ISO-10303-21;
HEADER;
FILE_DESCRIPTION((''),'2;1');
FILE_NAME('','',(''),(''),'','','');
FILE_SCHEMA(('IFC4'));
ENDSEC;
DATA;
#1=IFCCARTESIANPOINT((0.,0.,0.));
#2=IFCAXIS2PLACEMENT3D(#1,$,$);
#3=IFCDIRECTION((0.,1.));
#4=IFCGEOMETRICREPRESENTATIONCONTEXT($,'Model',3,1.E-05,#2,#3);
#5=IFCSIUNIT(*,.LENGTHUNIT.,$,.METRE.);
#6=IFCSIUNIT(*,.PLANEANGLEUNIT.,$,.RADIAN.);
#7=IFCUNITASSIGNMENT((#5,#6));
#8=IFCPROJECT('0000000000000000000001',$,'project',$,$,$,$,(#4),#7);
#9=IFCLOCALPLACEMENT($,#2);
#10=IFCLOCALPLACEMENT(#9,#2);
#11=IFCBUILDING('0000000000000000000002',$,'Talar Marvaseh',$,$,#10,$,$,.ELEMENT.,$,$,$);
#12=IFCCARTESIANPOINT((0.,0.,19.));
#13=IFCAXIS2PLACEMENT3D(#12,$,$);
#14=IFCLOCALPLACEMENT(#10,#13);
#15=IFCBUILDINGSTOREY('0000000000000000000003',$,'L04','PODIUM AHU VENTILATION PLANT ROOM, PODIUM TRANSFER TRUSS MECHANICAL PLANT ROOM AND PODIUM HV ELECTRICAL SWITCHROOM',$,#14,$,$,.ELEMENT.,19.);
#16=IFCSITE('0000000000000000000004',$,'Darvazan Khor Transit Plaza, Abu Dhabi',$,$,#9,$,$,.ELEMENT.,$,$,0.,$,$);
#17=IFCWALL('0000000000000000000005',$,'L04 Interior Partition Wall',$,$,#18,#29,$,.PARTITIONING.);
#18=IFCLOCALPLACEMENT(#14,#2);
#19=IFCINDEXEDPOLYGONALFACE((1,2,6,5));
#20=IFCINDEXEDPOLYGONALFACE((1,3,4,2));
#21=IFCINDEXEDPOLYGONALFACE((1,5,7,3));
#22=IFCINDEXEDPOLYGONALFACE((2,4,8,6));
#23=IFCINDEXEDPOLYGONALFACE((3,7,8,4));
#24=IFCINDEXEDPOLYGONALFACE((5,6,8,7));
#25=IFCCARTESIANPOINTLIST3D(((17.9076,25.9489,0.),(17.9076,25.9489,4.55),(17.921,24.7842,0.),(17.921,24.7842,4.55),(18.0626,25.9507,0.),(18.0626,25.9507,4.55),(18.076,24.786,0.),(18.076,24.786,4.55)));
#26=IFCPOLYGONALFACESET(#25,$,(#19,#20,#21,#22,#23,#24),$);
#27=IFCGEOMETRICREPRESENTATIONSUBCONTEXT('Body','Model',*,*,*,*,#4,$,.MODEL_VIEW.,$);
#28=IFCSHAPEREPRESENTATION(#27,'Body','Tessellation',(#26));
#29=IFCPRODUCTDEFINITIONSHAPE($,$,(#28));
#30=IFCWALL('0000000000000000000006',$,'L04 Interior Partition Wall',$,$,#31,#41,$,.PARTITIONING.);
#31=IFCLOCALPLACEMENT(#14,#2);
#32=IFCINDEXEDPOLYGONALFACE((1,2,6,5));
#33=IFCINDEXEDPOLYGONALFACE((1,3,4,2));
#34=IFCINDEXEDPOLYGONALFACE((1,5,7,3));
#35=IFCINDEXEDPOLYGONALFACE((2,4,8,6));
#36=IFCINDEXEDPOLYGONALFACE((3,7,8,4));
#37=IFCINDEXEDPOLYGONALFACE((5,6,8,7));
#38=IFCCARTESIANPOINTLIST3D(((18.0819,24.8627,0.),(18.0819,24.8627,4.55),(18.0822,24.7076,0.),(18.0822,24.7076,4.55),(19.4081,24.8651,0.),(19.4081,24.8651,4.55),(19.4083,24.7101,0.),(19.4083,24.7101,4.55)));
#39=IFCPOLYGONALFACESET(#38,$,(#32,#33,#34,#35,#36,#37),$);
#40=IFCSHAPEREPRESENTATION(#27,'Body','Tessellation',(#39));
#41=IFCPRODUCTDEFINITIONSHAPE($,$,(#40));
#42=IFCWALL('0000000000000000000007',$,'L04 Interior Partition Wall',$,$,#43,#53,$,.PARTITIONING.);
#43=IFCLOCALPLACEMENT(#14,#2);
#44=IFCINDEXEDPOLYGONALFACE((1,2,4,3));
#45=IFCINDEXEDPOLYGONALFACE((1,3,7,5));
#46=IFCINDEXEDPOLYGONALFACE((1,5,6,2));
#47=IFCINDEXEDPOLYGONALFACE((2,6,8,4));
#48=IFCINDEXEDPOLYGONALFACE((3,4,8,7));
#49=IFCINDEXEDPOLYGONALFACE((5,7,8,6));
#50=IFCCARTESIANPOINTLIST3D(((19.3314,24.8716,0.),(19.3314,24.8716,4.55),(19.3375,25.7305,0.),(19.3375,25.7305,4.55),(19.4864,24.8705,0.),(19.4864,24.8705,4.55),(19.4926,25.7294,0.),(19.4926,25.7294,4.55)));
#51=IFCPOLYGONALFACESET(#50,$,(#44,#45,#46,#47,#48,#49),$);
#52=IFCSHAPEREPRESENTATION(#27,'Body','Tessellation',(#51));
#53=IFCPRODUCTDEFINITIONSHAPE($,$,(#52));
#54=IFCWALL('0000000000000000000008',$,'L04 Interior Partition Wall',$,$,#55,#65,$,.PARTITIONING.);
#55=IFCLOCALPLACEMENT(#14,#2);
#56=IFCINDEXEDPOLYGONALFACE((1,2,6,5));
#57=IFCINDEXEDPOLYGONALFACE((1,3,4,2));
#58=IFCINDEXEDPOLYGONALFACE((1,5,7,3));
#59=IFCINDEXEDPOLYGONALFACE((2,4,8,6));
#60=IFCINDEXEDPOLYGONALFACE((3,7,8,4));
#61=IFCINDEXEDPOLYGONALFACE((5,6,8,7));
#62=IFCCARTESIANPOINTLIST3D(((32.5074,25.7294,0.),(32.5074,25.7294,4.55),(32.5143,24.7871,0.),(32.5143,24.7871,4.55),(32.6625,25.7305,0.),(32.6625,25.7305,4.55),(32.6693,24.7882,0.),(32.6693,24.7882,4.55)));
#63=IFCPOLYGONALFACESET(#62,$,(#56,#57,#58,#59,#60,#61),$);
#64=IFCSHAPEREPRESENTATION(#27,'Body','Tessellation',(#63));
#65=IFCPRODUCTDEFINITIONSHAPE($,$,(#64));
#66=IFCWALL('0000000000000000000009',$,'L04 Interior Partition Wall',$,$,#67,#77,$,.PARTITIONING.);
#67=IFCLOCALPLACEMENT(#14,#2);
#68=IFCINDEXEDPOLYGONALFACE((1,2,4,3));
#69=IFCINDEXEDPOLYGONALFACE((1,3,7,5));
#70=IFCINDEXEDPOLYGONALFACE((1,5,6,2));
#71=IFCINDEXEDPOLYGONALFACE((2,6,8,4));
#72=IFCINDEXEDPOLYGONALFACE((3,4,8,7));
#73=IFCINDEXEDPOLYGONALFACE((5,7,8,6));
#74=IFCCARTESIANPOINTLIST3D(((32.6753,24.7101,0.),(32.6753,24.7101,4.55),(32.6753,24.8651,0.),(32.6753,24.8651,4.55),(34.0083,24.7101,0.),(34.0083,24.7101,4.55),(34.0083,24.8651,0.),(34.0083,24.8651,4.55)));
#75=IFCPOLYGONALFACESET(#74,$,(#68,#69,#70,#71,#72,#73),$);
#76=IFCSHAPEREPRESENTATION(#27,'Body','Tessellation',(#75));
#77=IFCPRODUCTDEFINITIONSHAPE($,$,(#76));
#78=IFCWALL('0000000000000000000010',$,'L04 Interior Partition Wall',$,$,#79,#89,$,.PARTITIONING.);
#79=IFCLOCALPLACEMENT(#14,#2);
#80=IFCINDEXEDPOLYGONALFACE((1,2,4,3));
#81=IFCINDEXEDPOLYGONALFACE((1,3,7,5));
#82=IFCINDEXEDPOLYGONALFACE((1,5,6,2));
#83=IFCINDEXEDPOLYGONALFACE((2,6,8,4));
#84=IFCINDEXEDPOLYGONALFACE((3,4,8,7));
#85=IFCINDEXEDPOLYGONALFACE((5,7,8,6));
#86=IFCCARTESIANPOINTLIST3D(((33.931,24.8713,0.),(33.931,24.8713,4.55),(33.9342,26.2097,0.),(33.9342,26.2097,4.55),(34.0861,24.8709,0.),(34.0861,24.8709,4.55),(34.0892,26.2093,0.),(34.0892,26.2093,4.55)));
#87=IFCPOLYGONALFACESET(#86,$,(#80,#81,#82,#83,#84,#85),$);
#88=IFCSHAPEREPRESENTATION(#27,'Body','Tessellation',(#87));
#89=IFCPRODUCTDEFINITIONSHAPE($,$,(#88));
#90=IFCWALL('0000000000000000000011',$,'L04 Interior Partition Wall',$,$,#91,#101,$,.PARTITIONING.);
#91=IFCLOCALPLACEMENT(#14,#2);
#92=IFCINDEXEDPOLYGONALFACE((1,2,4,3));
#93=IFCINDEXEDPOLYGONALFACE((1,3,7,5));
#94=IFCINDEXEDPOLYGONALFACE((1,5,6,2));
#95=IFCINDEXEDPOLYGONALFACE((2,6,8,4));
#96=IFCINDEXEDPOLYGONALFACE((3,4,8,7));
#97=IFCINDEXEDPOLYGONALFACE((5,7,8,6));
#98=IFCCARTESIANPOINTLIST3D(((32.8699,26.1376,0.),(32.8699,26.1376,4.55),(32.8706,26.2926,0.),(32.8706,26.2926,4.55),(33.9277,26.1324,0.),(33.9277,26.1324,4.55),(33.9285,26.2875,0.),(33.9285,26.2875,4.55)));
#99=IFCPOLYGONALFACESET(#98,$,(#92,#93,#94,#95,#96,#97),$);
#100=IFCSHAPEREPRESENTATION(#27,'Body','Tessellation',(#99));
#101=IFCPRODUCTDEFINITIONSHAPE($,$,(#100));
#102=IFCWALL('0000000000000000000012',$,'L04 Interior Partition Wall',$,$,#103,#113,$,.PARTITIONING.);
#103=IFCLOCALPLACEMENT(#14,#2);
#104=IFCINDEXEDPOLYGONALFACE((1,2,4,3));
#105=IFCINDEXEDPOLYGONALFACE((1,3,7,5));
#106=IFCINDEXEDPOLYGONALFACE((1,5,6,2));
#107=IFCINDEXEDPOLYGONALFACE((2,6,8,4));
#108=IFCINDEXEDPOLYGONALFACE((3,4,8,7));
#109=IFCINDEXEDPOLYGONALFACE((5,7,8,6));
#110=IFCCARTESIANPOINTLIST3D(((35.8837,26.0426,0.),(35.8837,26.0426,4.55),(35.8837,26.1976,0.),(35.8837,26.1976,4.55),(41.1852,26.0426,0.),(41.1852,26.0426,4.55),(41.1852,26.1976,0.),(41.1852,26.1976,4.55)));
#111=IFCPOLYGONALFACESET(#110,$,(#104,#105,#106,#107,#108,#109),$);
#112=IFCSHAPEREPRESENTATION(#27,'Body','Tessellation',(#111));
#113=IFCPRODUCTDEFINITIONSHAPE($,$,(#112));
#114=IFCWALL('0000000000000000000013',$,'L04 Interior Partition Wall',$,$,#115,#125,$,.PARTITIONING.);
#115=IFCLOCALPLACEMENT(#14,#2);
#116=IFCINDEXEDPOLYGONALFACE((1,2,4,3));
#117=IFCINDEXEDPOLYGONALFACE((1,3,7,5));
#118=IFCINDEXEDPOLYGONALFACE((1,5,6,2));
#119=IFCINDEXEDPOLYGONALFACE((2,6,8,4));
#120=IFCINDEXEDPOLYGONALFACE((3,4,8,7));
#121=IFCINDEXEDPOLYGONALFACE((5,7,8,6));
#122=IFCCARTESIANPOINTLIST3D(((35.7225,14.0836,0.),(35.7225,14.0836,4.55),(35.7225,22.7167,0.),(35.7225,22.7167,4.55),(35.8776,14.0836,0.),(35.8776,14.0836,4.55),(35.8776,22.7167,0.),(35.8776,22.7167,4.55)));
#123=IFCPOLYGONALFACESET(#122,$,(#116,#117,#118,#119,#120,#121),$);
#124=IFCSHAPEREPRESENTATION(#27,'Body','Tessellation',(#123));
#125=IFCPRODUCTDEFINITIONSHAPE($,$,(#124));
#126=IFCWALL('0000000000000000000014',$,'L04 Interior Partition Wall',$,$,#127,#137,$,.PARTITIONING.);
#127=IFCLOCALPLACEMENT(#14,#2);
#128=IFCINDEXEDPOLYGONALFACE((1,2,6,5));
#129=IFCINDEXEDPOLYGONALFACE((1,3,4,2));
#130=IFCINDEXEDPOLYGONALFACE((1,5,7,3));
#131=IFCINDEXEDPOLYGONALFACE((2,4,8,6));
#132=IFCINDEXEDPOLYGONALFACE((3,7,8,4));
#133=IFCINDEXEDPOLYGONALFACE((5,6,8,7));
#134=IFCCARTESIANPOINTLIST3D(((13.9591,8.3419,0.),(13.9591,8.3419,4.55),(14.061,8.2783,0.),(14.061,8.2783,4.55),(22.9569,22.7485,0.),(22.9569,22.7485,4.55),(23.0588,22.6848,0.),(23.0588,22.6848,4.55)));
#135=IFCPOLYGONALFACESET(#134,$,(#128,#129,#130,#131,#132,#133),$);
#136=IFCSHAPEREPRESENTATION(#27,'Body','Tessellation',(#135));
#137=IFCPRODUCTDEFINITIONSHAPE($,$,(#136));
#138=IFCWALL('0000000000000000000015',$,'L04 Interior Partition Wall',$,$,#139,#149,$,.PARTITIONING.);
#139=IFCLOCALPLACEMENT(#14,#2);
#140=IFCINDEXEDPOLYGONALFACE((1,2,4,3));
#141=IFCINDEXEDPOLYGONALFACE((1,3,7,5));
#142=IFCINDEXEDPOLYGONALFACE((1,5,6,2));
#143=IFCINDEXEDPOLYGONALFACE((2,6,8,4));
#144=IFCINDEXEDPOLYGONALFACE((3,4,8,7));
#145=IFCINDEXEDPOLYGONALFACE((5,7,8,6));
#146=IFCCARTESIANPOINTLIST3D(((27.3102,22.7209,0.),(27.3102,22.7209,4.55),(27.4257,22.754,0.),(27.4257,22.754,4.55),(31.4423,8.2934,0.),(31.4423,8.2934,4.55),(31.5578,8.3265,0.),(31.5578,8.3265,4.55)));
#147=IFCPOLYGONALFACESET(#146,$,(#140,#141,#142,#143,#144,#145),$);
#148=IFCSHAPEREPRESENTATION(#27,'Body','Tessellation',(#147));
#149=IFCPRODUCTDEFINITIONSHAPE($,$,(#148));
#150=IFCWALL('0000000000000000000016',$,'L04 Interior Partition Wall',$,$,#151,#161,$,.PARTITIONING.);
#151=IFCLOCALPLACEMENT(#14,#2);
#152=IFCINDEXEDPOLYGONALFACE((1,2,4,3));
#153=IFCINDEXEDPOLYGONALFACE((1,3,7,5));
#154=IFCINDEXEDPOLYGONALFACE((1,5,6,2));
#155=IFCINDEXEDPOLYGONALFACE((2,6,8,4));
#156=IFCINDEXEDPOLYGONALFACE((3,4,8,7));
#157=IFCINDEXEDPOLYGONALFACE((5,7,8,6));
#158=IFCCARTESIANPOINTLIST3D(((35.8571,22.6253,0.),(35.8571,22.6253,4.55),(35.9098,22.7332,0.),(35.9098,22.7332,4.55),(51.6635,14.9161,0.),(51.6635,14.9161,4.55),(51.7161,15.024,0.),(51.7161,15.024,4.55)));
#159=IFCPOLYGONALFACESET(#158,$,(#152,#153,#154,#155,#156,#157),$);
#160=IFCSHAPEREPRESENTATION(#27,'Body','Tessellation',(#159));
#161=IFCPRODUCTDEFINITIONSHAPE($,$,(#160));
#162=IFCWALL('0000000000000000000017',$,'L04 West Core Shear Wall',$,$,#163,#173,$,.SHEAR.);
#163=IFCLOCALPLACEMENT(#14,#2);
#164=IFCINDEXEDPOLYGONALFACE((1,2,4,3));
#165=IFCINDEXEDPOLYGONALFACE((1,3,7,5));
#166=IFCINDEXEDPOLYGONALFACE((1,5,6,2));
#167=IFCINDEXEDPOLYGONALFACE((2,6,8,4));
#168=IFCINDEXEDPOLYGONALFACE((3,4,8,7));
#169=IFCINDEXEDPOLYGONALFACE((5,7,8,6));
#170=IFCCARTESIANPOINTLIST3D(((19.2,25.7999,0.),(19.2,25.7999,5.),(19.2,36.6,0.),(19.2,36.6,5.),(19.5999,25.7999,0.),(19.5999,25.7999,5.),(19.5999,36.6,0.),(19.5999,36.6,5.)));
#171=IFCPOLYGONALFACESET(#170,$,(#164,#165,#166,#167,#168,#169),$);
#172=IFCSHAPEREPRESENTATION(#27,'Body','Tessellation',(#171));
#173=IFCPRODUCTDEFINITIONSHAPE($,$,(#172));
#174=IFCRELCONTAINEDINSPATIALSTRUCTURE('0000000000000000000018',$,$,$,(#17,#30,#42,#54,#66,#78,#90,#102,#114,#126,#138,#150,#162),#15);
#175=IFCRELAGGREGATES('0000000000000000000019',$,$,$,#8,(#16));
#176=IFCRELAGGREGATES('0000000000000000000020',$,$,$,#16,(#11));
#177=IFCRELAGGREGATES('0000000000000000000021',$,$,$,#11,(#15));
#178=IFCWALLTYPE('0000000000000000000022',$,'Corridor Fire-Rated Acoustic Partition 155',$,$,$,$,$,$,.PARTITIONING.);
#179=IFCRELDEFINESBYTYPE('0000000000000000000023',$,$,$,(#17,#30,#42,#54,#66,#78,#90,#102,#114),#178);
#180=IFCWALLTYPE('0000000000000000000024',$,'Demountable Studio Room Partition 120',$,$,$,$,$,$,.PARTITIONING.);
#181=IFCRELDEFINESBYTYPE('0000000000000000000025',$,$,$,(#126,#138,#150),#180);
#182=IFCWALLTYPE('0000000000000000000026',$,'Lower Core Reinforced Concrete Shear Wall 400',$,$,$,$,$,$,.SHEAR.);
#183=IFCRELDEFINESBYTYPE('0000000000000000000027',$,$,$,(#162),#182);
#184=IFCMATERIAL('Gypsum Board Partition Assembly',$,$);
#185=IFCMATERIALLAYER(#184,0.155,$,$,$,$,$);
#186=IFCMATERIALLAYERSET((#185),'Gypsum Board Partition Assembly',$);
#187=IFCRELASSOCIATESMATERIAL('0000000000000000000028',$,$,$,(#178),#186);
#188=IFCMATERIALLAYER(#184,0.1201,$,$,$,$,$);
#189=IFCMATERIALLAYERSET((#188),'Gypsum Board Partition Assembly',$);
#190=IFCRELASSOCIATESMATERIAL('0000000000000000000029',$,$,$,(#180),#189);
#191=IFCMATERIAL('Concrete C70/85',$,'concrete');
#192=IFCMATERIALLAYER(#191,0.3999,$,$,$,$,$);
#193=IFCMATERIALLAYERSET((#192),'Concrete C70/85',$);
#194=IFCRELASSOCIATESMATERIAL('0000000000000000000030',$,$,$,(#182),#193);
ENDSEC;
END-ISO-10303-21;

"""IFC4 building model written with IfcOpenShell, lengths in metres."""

from ifc_helpers import new_model, si_unit, direction, frame, frame_2d, origin, place, context, subcontext, project, spatial, rectangle, extrude, material, layer, layer_set, type_object, element, save


model = new_model("IFC4")

# Units and contexts
model_context = context("Model", 3, precision=1e-05, world=origin(), true_north=direction((0.0, 1.0)))
body_context = subcontext(model_context, "Body", "Model", "MODEL_VIEW")
ifc_project = project(units=[si_unit("LENGTHUNIT", "METRE"), si_unit("PLANEANGLEUNIT", "RADIAN")], contexts=[model_context])

# Site, building, storey
site_placement = place(None, origin())
site = spatial("IfcSite", under=ifc_project, at=site_placement, Name="Darvazan Khor Transit Plaza, Abu Dhabi", CompositionType="ELEMENT", RefElevation=0.0)
building_placement = place(site_placement, origin())
building = spatial("IfcBuilding", under=site, at=building_placement, Name="Talar Marvaseh", CompositionType="ELEMENT")
storey_placement = place(building_placement, frame((0.0, 0.0, 19.0)))
storey = spatial("IfcBuildingStorey", under=building, at=storey_placement, Name="L04", Description="PODIUM AHU VENTILATION PLANT ROOM, PODIUM TRANSFER TRUSS MECHANICAL PLANT ROOM AND PODIUM HV ELECTRICAL SWITCHROOM", CompositionType="ELEMENT", Elevation=19.0)

# Shared definitions
ifc_material_1 = material(Name="Concrete C70/85", Category="concrete")

# Shared definitions
ifc_material_2 = material(Name="Gypsum Board Partition Assembly")
ifc_layer_1 = layer(ifc_material_2, 0.155)
ifc_layer_set_1 = layer_set([ifc_layer_1], Name="Gypsum Board Partition Assembly")
wall_type_1 = type_object("IfcWallType", Name="Corridor Fire-Rated Acoustic Partition 155", PredefinedType="PARTITIONING", material=ifc_layer_set_1)

# Walls
wall_1_placement = place(storey_placement, frame((17.9851, 25.95, 0.0), z_axis=(0.0, 0.0, 1.0), x_axis=(0.011527, -0.999934, 0.0)))
element("IfcWall", 1, at=wall_1_placement, inside=storey, type_object=wall_type_1, Name="L04 Interior Partition Wall", PredefinedType="PARTITIONING", context=body_context, shape_type="SweptSolid", body=[
    extrude(rectangle(XDim=1.1648, YDim=0.155, at=frame_2d((0.5825, 0.0))), origin(), (0.0, 0.0, 1.0), 4.55),
])
wall_2_placement = place(storey_placement, frame((18.082, 24.7852, 0.0), z_axis=(0.0, 0.0, 1.0), x_axis=(0.999998, 0.001841, 0.0)))
element("IfcWall", 2, at=wall_2_placement, inside=storey, type_object=wall_type_1, Name="L04 Interior Partition Wall", PredefinedType="PARTITIONING", context=body_context, shape_type="SweptSolid", body=[
    extrude(rectangle(XDim=1.3262, YDim=0.155, at=frame_2d((0.6631, 0.0))), origin(), (0.0, 0.0, 1.0), 4.55),
])
wall_3_placement = place(storey_placement, frame((19.4089, 24.8711, 0.0), z_axis=(0.0, 0.0, 1.0), x_axis=(0.007106, 0.999975, 0.0)))
element("IfcWall", 3, at=wall_3_placement, inside=storey, type_object=wall_type_1, Name="L04 Interior Partition Wall", PredefinedType="PARTITIONING", context=body_context, shape_type="SweptSolid", body=[
    extrude(rectangle(XDim=0.8589, YDim=0.155, at=frame_2d((0.4294, 0.0))), origin(), (0.0, 0.0, 1.0), 4.55),
])
wall_4_placement = place(storey_placement, frame((32.585, 25.73, 0.0), z_axis=(0.0, 0.0, 1.0), x_axis=(0.007254, -0.999974, 0.0)))
element("IfcWall", 4, at=wall_4_placement, inside=storey, type_object=wall_type_1, Name="L04 Interior Partition Wall", PredefinedType="PARTITIONING", context=body_context, shape_type="SweptSolid", body=[
    extrude(rectangle(XDim=0.9424, YDim=0.155, at=frame_2d((0.4712, 0.0))), origin(), (0.0, 0.0, 1.0), 4.55),
])
wall_5_placement = place(storey_placement, frame((32.6753, 24.7876, 0.0), z_axis=(0.0, 0.0, 1.0), x_axis=(1.0, 0.0, 0.0)))
element("IfcWall", 5, at=wall_5_placement, inside=storey, type_object=wall_type_1, Name="L04 Interior Partition Wall", PredefinedType="PARTITIONING", context=body_context, shape_type="SweptSolid", body=[
    extrude(rectangle(XDim=1.333, YDim=0.155, at=frame_2d((0.6665, 0.0))), origin(), (0.0, 0.0, 1.0), 4.55),
])
wall_6_placement = place(storey_placement, frame((34.0085, 24.8711, 0.0), z_axis=(0.0, 0.0, 1.0), x_axis=(0.002371, 0.999997, 0.0)))
element("IfcWall", 6, at=wall_6_placement, inside=storey, type_object=wall_type_1, Name="L04 Interior Partition Wall", PredefinedType="PARTITIONING", context=body_context, shape_type="SweptSolid", body=[
    extrude(rectangle(XDim=1.3384, YDim=0.155, at=frame_2d((0.6692, 0.0))), origin(), (0.0, 0.0, 1.0), 4.55),
])
wall_7_placement = place(storey_placement, frame((33.928, 26.21, 0.0), z_axis=(0.0, 0.0, 1.0), x_axis=(-0.999988, 0.004846, 0.0)))
element("IfcWall", 7, at=wall_7_placement, inside=storey, type_object=wall_type_1, Name="L04 Interior Partition Wall", PredefinedType="PARTITIONING", context=body_context, shape_type="SweptSolid", body=[
    extrude(rectangle(XDim=1.0579, YDim=0.155, at=frame_2d((0.5288, 0.0))), origin(), (0.0, 0.0, 1.0), 4.55),
])
wall_8_placement = place(storey_placement, frame((35.8835, 26.1201, 0.0), z_axis=(0.0, 0.0, 1.0), x_axis=(1.0, 0.0, 0.0)))
element("IfcWall", 8, at=wall_8_placement, inside=storey, type_object=wall_type_1, Name="L04 Interior Partition Wall", PredefinedType="PARTITIONING", context=body_context, shape_type="SweptSolid", body=[
    extrude(rectangle(XDim=5.3015, YDim=0.155, at=frame_2d((2.6509, 0.0))), origin(), (0.0, 0.0, 1.0), 4.55),
])
wall_9_placement = place(storey_placement, frame((35.8, 22.7166, 0.0), z_axis=(0.0, 0.0, 1.0), x_axis=(0.0, -1.0, 0.0)))
element("IfcWall", 9, at=wall_9_placement, inside=storey, type_object=wall_type_1, Name="L04 Interior Partition Wall", PredefinedType="PARTITIONING", context=body_context, shape_type="SweptSolid", body=[
    extrude(rectangle(XDim=8.6331, YDim=0.155, at=frame_2d((4.3164, 0.0))), origin(), (0.0, 0.0, 1.0), 4.55),
])
ifc_layer_2 = layer(ifc_material_2, 0.1201)
ifc_layer_set_2 = layer_set([ifc_layer_2], Name="Gypsum Board Partition Assembly")
wall_type_2 = type_object("IfcWallType", Name="Demountable Studio Room Partition 120", PredefinedType="PARTITIONING", material=ifc_layer_set_2)
wall_10_placement = place(storey_placement, frame((23.0078, 22.7166, 0.0), z_axis=(0.0, 0.0, 1.0), x_axis=(-0.529734, -0.848164, 0.0)))
element("IfcWall", 10, at=wall_10_placement, inside=storey, type_object=wall_type_2, Name="L04 Interior Partition Wall", PredefinedType="PARTITIONING", context=body_context, shape_type="SweptSolid", body=[
    extrude(rectangle(XDim=16.9856, YDim=0.1201, at=frame_2d((8.4927, 0.0))), origin(), (0.0, 0.0, 1.0), 4.55),
])
wall_11_placement = place(storey_placement, frame((27.3679, 22.7375, 0.0), z_axis=(0.0, 0.0, 1.0), x_axis=(0.275333, -0.961349, 0.0)))
element("IfcWall", 11, at=wall_11_placement, inside=storey, type_object=wall_type_2, Name="L04 Interior Partition Wall", PredefinedType="PARTITIONING", context=body_context, shape_type="SweptSolid", body=[
    extrude(rectangle(XDim=15.0076, YDim=0.1201, at=frame_2d((7.5039, 0.0))), origin(), (0.0, 0.0, 1.0), 4.55),
])
wall_12_placement = place(storey_placement, frame((35.8835, 22.6792, 0.0), z_axis=(0.0, 0.0, 1.0), x_axis=(0.898796, -0.438368, 0.0)))
element("IfcWall", 12, at=wall_12_placement, inside=storey, type_object=wall_type_2, Name="L04 Interior Partition Wall", PredefinedType="PARTITIONING", context=body_context, shape_type="SweptSolid", body=[
    extrude(rectangle(XDim=17.5862, YDim=0.1201, at=frame_2d((8.793, 0.0))), origin(), (0.0, 0.0, 1.0), 4.55),
])
ifc_layer_3 = layer(ifc_material_1, 0.3999)
ifc_layer_set_3 = layer_set([ifc_layer_3], Name="Concrete C70/85")
wall_type_3 = type_object("IfcWallType", Name="Lower Core Reinforced Concrete Shear Wall 400", PredefinedType="SHEAR", material=ifc_layer_set_3)
wall_13_placement = place(storey_placement, frame((19.3999, 25.8, 0.0), z_axis=(0.0, 0.0, 1.0), x_axis=(0.0, 1.0, 0.0)))
element("IfcWall", 13, at=wall_13_placement, inside=storey, type_object=wall_type_3, Name="L04 West Core Shear Wall", PredefinedType="SHEAR", context=body_context, shape_type="SweptSolid", body=[
    extrude(rectangle(XDim=10.8, YDim=0.3999, at=frame_2d((5.3999, 0.0))), origin(), (0.0, 0.0, 1.0), 5.0),
])

save(model, "model.ifc")
